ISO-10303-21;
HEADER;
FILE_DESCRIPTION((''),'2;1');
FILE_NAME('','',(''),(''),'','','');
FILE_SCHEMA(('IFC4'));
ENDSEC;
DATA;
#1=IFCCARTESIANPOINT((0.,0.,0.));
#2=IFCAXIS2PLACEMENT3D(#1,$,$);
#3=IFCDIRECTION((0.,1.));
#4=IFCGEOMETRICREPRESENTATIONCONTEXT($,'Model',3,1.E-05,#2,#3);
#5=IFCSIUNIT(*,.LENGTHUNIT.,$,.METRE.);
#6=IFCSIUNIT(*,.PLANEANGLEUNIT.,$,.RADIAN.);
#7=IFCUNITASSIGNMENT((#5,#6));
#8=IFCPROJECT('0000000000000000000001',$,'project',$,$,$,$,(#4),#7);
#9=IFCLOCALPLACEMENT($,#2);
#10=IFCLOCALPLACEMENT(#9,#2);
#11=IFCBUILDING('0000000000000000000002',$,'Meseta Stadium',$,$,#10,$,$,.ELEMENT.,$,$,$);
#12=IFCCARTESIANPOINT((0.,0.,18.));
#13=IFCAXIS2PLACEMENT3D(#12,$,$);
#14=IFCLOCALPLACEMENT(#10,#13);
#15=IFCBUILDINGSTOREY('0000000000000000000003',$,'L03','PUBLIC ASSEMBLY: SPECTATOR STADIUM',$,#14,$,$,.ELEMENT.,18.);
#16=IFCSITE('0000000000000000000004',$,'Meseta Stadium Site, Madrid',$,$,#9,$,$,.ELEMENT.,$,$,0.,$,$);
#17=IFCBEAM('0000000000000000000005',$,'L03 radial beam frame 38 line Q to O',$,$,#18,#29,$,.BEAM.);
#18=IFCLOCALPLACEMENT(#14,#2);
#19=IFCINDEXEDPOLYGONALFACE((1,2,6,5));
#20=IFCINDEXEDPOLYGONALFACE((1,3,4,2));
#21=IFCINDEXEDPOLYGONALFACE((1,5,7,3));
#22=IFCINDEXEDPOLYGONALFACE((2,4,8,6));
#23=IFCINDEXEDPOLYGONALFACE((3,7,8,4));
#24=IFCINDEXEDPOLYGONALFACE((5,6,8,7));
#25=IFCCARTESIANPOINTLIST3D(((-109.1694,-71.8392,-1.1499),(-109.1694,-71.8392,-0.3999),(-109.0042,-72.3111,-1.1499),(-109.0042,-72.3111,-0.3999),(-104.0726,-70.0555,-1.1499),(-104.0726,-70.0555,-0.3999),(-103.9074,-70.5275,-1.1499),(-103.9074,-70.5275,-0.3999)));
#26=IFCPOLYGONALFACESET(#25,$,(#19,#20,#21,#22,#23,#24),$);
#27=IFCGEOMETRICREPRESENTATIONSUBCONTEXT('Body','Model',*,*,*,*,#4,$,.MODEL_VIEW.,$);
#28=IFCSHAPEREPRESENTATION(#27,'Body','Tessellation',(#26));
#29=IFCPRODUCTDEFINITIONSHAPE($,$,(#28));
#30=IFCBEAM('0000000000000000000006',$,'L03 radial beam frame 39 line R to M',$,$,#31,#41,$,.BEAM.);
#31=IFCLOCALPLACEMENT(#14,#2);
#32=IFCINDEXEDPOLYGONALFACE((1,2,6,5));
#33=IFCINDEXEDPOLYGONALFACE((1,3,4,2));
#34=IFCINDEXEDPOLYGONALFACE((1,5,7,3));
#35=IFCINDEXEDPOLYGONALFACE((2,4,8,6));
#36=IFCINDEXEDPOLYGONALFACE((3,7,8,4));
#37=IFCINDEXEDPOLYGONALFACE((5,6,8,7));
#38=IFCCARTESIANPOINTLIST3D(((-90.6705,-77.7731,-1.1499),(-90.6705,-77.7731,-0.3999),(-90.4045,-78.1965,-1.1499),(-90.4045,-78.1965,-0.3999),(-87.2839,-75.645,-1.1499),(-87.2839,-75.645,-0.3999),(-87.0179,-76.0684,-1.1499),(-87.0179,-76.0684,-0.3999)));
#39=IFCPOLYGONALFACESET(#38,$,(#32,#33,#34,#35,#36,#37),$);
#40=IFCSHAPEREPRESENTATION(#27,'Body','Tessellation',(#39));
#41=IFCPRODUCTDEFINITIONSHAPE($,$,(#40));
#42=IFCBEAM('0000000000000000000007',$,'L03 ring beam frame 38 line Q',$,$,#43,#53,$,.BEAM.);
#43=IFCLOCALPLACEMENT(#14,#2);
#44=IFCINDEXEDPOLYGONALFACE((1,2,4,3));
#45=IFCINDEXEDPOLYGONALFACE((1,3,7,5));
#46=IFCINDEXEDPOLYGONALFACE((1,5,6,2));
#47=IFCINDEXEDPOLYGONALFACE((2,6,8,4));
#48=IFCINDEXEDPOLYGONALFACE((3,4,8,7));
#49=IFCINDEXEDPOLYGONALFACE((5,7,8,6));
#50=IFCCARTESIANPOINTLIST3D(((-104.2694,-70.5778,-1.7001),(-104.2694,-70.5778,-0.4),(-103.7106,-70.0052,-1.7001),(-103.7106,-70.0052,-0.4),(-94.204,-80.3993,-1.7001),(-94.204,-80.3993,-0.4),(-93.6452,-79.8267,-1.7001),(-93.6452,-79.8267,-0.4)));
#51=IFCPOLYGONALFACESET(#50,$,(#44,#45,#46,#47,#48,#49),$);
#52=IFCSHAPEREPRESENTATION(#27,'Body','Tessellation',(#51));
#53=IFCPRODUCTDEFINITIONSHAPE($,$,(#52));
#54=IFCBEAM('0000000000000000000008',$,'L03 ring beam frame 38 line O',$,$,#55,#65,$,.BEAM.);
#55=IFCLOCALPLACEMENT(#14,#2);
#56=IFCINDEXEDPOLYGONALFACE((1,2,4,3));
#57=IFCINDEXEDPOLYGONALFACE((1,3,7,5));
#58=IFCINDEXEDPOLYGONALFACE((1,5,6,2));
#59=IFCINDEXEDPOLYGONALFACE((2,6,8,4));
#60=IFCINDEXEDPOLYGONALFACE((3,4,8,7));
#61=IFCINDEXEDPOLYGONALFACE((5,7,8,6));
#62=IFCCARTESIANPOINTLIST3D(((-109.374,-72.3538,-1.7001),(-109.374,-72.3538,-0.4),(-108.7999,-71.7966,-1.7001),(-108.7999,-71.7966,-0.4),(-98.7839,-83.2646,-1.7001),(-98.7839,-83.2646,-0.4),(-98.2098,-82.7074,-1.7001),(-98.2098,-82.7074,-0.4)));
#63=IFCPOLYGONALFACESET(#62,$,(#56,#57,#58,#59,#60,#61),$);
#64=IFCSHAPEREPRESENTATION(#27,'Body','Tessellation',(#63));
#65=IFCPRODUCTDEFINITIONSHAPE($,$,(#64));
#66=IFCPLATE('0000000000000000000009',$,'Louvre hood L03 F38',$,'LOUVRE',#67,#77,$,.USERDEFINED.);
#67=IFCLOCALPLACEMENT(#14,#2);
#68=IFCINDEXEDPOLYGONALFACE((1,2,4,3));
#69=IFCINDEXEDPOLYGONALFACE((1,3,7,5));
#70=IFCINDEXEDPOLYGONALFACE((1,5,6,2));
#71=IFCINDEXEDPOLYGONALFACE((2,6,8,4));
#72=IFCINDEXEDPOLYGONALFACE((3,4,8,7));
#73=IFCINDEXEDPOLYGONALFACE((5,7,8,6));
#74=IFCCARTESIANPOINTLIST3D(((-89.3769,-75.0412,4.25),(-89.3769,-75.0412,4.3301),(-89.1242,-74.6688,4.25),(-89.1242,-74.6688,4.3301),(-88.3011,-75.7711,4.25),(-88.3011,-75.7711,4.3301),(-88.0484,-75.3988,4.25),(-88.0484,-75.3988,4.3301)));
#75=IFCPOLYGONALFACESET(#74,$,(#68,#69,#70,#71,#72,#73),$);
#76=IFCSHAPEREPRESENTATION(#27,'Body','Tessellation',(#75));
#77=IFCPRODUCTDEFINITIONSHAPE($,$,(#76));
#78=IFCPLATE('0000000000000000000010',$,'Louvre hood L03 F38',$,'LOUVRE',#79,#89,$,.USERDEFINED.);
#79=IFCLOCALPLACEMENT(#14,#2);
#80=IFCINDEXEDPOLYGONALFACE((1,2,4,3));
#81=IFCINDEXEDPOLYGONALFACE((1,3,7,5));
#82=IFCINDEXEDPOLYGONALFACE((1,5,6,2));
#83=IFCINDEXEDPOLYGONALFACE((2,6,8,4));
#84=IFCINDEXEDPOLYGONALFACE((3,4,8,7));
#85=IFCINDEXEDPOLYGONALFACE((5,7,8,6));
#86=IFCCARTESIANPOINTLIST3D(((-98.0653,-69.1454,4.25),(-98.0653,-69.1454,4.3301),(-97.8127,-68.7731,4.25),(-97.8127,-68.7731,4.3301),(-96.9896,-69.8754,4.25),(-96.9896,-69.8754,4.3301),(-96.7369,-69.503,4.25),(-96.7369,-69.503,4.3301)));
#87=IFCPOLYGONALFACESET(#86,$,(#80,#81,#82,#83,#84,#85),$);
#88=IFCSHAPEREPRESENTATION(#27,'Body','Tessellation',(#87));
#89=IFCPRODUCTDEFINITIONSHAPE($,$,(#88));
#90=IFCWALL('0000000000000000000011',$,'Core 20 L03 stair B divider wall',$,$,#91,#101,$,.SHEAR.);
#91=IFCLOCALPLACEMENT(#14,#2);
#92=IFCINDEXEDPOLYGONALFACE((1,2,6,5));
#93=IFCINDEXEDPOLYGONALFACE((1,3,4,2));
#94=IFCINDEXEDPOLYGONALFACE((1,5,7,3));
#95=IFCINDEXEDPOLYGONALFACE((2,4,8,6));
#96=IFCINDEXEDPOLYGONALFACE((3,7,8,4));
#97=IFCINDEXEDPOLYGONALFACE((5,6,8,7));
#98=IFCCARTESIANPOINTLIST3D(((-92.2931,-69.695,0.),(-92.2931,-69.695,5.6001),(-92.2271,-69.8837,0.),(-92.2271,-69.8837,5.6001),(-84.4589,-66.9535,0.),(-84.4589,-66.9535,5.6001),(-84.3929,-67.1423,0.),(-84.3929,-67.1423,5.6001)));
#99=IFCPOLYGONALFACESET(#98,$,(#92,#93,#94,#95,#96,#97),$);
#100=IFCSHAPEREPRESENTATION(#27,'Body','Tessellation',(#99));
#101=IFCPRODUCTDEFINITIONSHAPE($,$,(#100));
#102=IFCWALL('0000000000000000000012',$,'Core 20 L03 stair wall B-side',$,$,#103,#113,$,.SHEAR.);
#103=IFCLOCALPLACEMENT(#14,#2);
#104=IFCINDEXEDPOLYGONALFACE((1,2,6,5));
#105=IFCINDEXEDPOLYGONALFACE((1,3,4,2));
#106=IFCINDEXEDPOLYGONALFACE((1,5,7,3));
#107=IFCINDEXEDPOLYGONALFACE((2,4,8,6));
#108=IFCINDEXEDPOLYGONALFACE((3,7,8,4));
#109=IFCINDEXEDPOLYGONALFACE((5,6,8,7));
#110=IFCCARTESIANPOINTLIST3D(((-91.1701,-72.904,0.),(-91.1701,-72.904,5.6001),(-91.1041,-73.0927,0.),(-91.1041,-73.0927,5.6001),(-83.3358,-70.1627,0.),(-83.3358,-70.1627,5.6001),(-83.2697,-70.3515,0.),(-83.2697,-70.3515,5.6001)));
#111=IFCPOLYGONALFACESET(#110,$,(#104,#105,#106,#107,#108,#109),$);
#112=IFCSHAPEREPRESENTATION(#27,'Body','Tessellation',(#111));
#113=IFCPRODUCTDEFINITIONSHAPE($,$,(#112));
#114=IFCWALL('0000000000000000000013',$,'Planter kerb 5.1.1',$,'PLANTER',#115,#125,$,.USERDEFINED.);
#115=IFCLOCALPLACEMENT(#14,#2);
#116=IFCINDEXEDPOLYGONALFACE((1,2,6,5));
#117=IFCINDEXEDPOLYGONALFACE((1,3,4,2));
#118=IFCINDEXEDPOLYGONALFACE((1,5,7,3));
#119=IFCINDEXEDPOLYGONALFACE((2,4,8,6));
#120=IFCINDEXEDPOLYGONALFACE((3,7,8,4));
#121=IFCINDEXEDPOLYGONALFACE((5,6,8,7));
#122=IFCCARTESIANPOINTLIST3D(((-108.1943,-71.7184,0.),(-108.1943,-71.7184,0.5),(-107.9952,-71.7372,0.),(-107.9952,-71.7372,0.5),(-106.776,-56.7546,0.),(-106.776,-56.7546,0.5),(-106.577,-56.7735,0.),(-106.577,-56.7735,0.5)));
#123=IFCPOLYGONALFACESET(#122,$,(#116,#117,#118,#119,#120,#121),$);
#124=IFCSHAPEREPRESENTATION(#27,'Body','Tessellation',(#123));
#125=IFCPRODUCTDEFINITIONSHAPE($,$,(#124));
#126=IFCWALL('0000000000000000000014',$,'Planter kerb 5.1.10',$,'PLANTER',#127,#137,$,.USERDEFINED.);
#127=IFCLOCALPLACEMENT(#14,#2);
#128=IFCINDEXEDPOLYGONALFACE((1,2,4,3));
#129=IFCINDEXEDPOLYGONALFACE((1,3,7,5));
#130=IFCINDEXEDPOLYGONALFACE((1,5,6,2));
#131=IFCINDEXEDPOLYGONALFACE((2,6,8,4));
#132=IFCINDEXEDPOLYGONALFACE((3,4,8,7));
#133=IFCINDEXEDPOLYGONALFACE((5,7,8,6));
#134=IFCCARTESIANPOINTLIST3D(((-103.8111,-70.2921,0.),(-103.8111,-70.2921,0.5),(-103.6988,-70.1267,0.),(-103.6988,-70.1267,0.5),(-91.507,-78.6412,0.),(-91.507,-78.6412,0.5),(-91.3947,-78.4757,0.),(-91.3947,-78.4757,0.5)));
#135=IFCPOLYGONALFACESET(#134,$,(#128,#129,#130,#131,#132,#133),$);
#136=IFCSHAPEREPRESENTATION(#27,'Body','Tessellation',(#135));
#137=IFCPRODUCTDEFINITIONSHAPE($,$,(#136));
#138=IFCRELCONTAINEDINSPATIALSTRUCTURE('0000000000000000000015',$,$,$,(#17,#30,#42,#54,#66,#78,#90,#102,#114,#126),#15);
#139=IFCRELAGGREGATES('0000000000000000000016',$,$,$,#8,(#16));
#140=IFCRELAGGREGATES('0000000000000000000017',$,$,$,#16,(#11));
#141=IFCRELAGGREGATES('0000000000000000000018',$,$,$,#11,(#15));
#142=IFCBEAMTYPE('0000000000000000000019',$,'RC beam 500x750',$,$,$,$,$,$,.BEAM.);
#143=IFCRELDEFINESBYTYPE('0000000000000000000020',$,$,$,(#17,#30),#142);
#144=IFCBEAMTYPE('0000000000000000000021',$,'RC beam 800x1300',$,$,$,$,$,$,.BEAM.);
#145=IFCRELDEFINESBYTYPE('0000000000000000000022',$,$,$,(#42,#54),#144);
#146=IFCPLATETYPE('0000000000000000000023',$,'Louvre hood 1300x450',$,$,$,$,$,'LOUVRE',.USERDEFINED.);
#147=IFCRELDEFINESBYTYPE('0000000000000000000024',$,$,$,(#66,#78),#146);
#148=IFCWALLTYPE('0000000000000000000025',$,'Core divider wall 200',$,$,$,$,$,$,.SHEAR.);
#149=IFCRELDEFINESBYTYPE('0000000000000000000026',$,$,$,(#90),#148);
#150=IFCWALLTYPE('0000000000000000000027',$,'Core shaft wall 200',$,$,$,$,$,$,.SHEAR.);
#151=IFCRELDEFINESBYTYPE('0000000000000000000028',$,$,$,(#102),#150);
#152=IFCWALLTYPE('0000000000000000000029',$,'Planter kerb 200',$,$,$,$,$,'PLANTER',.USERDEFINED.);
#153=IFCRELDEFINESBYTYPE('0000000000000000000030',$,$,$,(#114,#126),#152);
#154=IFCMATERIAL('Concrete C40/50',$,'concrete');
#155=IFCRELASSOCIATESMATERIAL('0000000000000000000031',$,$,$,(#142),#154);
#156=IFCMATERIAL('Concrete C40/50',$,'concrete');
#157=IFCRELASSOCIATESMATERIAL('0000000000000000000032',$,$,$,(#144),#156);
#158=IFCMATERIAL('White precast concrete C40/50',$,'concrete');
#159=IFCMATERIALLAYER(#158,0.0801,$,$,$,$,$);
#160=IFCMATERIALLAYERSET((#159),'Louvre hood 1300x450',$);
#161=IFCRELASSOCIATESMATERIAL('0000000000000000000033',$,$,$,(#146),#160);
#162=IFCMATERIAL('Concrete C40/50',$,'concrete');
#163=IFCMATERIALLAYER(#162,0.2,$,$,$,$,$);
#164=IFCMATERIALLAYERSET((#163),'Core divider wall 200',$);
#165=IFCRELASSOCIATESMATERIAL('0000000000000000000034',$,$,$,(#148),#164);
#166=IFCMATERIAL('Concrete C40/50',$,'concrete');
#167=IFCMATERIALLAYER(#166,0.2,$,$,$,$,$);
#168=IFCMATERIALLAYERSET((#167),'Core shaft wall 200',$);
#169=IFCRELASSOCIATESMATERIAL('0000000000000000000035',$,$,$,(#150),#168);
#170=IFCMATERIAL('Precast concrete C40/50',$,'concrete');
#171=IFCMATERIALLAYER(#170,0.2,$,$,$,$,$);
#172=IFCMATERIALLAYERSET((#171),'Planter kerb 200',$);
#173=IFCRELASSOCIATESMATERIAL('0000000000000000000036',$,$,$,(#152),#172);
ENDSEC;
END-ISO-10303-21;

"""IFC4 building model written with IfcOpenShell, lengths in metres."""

from ifc_helpers import new_model, si_unit, direction, frame, frame_2d, origin, origin_2d, place, context, subcontext, project, spatial, rectangle, extrude, material, layer, layer_set, material_profile, profile_set, type_object, element, save


model = new_model("IFC4")

# Units and contexts
model_context = context("Model", 3, precision=1e-05, world=origin(), true_north=direction((0.0, 1.0)))
body_context = subcontext(model_context, "Body", "Model", "MODEL_VIEW")
ifc_project = project(units=[si_unit("LENGTHUNIT", "METRE"), si_unit("PLANEANGLEUNIT", "RADIAN")], contexts=[model_context])

# Site, building, storey
site_placement = place(None, origin())
site = spatial("IfcSite", under=ifc_project, at=site_placement, Name="Meseta Stadium Site, Madrid", CompositionType="ELEMENT", RefElevation=0.0)
building_placement = place(site_placement, origin())
building = spatial("IfcBuilding", under=site, at=building_placement, Name="Meseta Stadium", CompositionType="ELEMENT")
storey_placement = place(building_placement, frame((0.0, 0.0, 18.0)))
storey = spatial("IfcBuildingStorey", under=building, at=storey_placement, Name="L03", Description="PUBLIC ASSEMBLY: SPECTATOR STADIUM", CompositionType="ELEMENT", Elevation=18.0)

# Beams
ifc_material_1 = material(Name="Concrete C40/50", Category="concrete")
ifc_material_profile_1 = material_profile(ifc_material_1, rectangle(XDim=0.5, YDim=0.75, at=origin_2d()), Name="RC 500x750")
ifc_profile_set_1 = profile_set([ifc_material_profile_1], Name="Concrete C40/50")
beam_type_1 = type_object("IfcBeamType", Name="RC beam 500x750", PredefinedType="BEAM", material=ifc_profile_set_1)
beam_1_placement = place(storey_placement, frame((-103.99, -70.2915, -0.7749), z_axis=(-0.943872, -0.330312, 0.0), x_axis=(0.330312, -0.943872, 0.0)))
element("IfcBeam", 1, at=beam_1_placement, inside=storey, type_object=beam_type_1, Name="L03 radial beam frame 38 line Q to O", PredefinedType="BEAM", context=body_context, shape_type="SweptSolid", body=[
    extrude(rectangle(XDim=0.5, YDim=0.75, at=origin_2d()), origin(), (0.0, 0.0, 1.0), 5.3999),
])
beam_2_placement = place(storey_placement, frame((-87.1509, -75.8567, -0.7749), z_axis=(-0.846706, -0.53206, 0.0), x_axis=(0.53206, -0.846706, 0.0)))
element("IfcBeam", 2, at=beam_2_placement, inside=storey, type_object=beam_type_1, Name="L03 radial beam frame 39 line R to M", PredefinedType="BEAM", context=body_context, shape_type="SweptSolid", body=[
    extrude(rectangle(XDim=0.5, YDim=0.75, at=origin_2d()), origin(), (0.0, 0.0, 1.0), 3.9998),
])
ifc_material_2 = material(Name="Concrete C40/50", Category="concrete")
ifc_material_profile_2 = material_profile(ifc_material_2, rectangle(XDim=0.8, YDim=1.3, at=origin_2d()), Name="RC 800x1300")
ifc_profile_set_2 = profile_set([ifc_material_profile_2], Name="Concrete C40/50")
beam_type_2 = type_object("IfcBeamType", Name="RC beam 800x1300", PredefinedType="BEAM", material=ifc_profile_set_2)
beam_3_placement = place(storey_placement, frame((-103.99, -70.2915, -1.05), z_axis=(0.715725, -0.698382, 0.0), x_axis=(0.698382, 0.715725, 0.0)))
element("IfcBeam", 3, at=beam_3_placement, inside=storey, type_object=beam_type_2, Name="L03 ring beam frame 38 line Q", PredefinedType="BEAM", context=body_context, shape_type="SweptSolid", body=[
    extrude(rectangle(XDim=0.8, YDim=1.3, at=origin_2d()), origin(), (0.0, 0.0, 1.0), 14.0632),
])
beam_4_placement = place(storey_placement, frame((-109.0869, -72.0752, -1.05), z_axis=(0.696479, -0.717577, 0.0), x_axis=(0.717577, 0.696479, 0.0)))
element("IfcBeam", 4, at=beam_4_placement, inside=storey, type_object=beam_type_2, Name="L03 ring beam frame 38 line O", PredefinedType="BEAM", context=body_context, shape_type="SweptSolid", body=[
    extrude(rectangle(XDim=0.8, YDim=1.3, at=origin_2d()), origin(), (0.0, 0.0, 1.0), 15.2051),
])

# Plates
ifc_material_3 = material(Name="White precast concrete C40/50", Category="concrete")
ifc_layer_1 = layer(ifc_material_3, 0.0801)
ifc_layer_set_1 = layer_set([ifc_layer_1], Name="Louvre hood 1300x450")
plate_type = type_object("IfcPlateType", Name="Louvre hood 1300x450", ElementType="LOUVRE", PredefinedType="USERDEFINED", material=ifc_layer_set_1)
for number, where, z_axis, x_axis, name in (
    (5, (-88.7126, -75.22, 4.25), (0.0, 0.0, 1.0), (0.827483, -0.56149, 0.0), "Louvre hood L03 F38"),
    (6, (-97.4011, -69.3242, 4.25), (0.0, 0.0, 1.0), (0.827483, -0.56149, 0.0), "Louvre hood L03 F38"),
):
    element("IfcPlate", number, at=place(storey_placement, frame(where, z_axis=z_axis, x_axis=x_axis)), inside=storey, type_object=plate_type, Name=name, ObjectType="LOUVRE", PredefinedType="USERDEFINED", context=body_context, shape_type="SweptSolid", body=[
        extrude(rectangle(XDim=1.3, YDim=0.45, at=origin_2d()), origin(), (0.0, 0.0, 1.0), 0.0801),
    ])

# Walls
ifc_material_4 = material(Name="Concrete C40/50", Category="concrete")
ifc_layer_2 = layer(ifc_material_4, 0.2)
ifc_layer_set_2 = layer_set([ifc_layer_2], Name="Core divider wall 200")
wall_type_1 = type_object("IfcWallType", Name="Core divider wall 200", PredefinedType="SHEAR", material=ifc_layer_set_2)
wall_1_placement = place(storey_placement, frame((-92.26, -69.7893, 0.0), z_axis=(0.0, 0.0, 1.0), x_axis=(0.943878, 0.330294, 0.0)))
element("IfcWall", 7, at=wall_1_placement, inside=storey, type_object=wall_type_1, Name="Core 20 L03 stair B divider wall", PredefinedType="SHEAR", context=body_context, shape_type="SweptSolid", body=[
    extrude(rectangle(XDim=8.3, YDim=0.2, at=frame_2d((4.1499, 0.0))), origin(), (0.0, 0.0, 1.0), 5.6001),
])
ifc_material_5 = material(Name="Concrete C40/50", Category="concrete")
ifc_layer_3 = layer(ifc_material_5, 0.2)
ifc_layer_set_3 = layer_set([ifc_layer_3], Name="Core shaft wall 200")
wall_type_2 = type_object("IfcWallType", Name="Core shaft wall 200", PredefinedType="SHEAR", material=ifc_layer_set_3)
wall_2_placement = place(storey_placement, frame((-91.137, -72.9983, 0.0), z_axis=(0.0, 0.0, 1.0), x_axis=(0.943887, 0.330268, 0.0)))
element("IfcWall", 8, at=wall_2_placement, inside=storey, type_object=wall_type_2, Name="Core 20 L03 stair wall B-side", PredefinedType="SHEAR", context=body_context, shape_type="SweptSolid", body=[
    extrude(rectangle(XDim=8.3, YDim=0.2, at=frame_2d((4.1499, 0.0))), origin(), (0.0, 0.0, 1.0), 5.6001),
])
ifc_material_6 = material(Name="Precast concrete C40/50", Category="concrete")
ifc_layer_4 = layer(ifc_material_6, 0.2)
ifc_layer_set_4 = layer_set([ifc_layer_4], Name="Planter kerb 200")
wall_type_3 = type_object("IfcWallType", Name="Planter kerb 200", ElementType="PLANTER", PredefinedType="USERDEFINED", material=ifc_layer_set_4)
wall_3_placement = place(storey_placement, frame((-108.0947, -71.7278, 0.0), z_axis=(0.0, 0.0, 1.0), x_axis=(0.094355, 0.995539, 0.0)))
element("IfcWall", 9, at=wall_3_placement, inside=storey, type_object=wall_type_3, Name="Planter kerb 5.1.1", ObjectType="PLANTER", PredefinedType="USERDEFINED", context=body_context, shape_type="SweptSolid", body=[
    extrude(rectangle(XDim=15.0308, YDim=0.2, at=frame_2d((7.5154, 0.0))), origin(), (0.0, 0.0, 1.0), 0.5),
])
wall_4_placement = place(storey_placement, frame((-103.7549, -70.2095, 0.0), z_axis=(0.0, 0.0, 1.0), x_axis=(0.827481, -0.561494, 0.0)))
element("IfcWall", 10, at=wall_4_placement, inside=storey, type_object=wall_type_3, Name="Planter kerb 5.1.10", ObjectType="PLANTER", PredefinedType="USERDEFINED", context=body_context, shape_type="SweptSolid", body=[
    extrude(rectangle(XDim=14.8694, YDim=0.2, at=frame_2d((7.4346, 0.0))), origin(), (0.0, 0.0, 1.0), 0.5),
])

save(model, "model.ifc")
